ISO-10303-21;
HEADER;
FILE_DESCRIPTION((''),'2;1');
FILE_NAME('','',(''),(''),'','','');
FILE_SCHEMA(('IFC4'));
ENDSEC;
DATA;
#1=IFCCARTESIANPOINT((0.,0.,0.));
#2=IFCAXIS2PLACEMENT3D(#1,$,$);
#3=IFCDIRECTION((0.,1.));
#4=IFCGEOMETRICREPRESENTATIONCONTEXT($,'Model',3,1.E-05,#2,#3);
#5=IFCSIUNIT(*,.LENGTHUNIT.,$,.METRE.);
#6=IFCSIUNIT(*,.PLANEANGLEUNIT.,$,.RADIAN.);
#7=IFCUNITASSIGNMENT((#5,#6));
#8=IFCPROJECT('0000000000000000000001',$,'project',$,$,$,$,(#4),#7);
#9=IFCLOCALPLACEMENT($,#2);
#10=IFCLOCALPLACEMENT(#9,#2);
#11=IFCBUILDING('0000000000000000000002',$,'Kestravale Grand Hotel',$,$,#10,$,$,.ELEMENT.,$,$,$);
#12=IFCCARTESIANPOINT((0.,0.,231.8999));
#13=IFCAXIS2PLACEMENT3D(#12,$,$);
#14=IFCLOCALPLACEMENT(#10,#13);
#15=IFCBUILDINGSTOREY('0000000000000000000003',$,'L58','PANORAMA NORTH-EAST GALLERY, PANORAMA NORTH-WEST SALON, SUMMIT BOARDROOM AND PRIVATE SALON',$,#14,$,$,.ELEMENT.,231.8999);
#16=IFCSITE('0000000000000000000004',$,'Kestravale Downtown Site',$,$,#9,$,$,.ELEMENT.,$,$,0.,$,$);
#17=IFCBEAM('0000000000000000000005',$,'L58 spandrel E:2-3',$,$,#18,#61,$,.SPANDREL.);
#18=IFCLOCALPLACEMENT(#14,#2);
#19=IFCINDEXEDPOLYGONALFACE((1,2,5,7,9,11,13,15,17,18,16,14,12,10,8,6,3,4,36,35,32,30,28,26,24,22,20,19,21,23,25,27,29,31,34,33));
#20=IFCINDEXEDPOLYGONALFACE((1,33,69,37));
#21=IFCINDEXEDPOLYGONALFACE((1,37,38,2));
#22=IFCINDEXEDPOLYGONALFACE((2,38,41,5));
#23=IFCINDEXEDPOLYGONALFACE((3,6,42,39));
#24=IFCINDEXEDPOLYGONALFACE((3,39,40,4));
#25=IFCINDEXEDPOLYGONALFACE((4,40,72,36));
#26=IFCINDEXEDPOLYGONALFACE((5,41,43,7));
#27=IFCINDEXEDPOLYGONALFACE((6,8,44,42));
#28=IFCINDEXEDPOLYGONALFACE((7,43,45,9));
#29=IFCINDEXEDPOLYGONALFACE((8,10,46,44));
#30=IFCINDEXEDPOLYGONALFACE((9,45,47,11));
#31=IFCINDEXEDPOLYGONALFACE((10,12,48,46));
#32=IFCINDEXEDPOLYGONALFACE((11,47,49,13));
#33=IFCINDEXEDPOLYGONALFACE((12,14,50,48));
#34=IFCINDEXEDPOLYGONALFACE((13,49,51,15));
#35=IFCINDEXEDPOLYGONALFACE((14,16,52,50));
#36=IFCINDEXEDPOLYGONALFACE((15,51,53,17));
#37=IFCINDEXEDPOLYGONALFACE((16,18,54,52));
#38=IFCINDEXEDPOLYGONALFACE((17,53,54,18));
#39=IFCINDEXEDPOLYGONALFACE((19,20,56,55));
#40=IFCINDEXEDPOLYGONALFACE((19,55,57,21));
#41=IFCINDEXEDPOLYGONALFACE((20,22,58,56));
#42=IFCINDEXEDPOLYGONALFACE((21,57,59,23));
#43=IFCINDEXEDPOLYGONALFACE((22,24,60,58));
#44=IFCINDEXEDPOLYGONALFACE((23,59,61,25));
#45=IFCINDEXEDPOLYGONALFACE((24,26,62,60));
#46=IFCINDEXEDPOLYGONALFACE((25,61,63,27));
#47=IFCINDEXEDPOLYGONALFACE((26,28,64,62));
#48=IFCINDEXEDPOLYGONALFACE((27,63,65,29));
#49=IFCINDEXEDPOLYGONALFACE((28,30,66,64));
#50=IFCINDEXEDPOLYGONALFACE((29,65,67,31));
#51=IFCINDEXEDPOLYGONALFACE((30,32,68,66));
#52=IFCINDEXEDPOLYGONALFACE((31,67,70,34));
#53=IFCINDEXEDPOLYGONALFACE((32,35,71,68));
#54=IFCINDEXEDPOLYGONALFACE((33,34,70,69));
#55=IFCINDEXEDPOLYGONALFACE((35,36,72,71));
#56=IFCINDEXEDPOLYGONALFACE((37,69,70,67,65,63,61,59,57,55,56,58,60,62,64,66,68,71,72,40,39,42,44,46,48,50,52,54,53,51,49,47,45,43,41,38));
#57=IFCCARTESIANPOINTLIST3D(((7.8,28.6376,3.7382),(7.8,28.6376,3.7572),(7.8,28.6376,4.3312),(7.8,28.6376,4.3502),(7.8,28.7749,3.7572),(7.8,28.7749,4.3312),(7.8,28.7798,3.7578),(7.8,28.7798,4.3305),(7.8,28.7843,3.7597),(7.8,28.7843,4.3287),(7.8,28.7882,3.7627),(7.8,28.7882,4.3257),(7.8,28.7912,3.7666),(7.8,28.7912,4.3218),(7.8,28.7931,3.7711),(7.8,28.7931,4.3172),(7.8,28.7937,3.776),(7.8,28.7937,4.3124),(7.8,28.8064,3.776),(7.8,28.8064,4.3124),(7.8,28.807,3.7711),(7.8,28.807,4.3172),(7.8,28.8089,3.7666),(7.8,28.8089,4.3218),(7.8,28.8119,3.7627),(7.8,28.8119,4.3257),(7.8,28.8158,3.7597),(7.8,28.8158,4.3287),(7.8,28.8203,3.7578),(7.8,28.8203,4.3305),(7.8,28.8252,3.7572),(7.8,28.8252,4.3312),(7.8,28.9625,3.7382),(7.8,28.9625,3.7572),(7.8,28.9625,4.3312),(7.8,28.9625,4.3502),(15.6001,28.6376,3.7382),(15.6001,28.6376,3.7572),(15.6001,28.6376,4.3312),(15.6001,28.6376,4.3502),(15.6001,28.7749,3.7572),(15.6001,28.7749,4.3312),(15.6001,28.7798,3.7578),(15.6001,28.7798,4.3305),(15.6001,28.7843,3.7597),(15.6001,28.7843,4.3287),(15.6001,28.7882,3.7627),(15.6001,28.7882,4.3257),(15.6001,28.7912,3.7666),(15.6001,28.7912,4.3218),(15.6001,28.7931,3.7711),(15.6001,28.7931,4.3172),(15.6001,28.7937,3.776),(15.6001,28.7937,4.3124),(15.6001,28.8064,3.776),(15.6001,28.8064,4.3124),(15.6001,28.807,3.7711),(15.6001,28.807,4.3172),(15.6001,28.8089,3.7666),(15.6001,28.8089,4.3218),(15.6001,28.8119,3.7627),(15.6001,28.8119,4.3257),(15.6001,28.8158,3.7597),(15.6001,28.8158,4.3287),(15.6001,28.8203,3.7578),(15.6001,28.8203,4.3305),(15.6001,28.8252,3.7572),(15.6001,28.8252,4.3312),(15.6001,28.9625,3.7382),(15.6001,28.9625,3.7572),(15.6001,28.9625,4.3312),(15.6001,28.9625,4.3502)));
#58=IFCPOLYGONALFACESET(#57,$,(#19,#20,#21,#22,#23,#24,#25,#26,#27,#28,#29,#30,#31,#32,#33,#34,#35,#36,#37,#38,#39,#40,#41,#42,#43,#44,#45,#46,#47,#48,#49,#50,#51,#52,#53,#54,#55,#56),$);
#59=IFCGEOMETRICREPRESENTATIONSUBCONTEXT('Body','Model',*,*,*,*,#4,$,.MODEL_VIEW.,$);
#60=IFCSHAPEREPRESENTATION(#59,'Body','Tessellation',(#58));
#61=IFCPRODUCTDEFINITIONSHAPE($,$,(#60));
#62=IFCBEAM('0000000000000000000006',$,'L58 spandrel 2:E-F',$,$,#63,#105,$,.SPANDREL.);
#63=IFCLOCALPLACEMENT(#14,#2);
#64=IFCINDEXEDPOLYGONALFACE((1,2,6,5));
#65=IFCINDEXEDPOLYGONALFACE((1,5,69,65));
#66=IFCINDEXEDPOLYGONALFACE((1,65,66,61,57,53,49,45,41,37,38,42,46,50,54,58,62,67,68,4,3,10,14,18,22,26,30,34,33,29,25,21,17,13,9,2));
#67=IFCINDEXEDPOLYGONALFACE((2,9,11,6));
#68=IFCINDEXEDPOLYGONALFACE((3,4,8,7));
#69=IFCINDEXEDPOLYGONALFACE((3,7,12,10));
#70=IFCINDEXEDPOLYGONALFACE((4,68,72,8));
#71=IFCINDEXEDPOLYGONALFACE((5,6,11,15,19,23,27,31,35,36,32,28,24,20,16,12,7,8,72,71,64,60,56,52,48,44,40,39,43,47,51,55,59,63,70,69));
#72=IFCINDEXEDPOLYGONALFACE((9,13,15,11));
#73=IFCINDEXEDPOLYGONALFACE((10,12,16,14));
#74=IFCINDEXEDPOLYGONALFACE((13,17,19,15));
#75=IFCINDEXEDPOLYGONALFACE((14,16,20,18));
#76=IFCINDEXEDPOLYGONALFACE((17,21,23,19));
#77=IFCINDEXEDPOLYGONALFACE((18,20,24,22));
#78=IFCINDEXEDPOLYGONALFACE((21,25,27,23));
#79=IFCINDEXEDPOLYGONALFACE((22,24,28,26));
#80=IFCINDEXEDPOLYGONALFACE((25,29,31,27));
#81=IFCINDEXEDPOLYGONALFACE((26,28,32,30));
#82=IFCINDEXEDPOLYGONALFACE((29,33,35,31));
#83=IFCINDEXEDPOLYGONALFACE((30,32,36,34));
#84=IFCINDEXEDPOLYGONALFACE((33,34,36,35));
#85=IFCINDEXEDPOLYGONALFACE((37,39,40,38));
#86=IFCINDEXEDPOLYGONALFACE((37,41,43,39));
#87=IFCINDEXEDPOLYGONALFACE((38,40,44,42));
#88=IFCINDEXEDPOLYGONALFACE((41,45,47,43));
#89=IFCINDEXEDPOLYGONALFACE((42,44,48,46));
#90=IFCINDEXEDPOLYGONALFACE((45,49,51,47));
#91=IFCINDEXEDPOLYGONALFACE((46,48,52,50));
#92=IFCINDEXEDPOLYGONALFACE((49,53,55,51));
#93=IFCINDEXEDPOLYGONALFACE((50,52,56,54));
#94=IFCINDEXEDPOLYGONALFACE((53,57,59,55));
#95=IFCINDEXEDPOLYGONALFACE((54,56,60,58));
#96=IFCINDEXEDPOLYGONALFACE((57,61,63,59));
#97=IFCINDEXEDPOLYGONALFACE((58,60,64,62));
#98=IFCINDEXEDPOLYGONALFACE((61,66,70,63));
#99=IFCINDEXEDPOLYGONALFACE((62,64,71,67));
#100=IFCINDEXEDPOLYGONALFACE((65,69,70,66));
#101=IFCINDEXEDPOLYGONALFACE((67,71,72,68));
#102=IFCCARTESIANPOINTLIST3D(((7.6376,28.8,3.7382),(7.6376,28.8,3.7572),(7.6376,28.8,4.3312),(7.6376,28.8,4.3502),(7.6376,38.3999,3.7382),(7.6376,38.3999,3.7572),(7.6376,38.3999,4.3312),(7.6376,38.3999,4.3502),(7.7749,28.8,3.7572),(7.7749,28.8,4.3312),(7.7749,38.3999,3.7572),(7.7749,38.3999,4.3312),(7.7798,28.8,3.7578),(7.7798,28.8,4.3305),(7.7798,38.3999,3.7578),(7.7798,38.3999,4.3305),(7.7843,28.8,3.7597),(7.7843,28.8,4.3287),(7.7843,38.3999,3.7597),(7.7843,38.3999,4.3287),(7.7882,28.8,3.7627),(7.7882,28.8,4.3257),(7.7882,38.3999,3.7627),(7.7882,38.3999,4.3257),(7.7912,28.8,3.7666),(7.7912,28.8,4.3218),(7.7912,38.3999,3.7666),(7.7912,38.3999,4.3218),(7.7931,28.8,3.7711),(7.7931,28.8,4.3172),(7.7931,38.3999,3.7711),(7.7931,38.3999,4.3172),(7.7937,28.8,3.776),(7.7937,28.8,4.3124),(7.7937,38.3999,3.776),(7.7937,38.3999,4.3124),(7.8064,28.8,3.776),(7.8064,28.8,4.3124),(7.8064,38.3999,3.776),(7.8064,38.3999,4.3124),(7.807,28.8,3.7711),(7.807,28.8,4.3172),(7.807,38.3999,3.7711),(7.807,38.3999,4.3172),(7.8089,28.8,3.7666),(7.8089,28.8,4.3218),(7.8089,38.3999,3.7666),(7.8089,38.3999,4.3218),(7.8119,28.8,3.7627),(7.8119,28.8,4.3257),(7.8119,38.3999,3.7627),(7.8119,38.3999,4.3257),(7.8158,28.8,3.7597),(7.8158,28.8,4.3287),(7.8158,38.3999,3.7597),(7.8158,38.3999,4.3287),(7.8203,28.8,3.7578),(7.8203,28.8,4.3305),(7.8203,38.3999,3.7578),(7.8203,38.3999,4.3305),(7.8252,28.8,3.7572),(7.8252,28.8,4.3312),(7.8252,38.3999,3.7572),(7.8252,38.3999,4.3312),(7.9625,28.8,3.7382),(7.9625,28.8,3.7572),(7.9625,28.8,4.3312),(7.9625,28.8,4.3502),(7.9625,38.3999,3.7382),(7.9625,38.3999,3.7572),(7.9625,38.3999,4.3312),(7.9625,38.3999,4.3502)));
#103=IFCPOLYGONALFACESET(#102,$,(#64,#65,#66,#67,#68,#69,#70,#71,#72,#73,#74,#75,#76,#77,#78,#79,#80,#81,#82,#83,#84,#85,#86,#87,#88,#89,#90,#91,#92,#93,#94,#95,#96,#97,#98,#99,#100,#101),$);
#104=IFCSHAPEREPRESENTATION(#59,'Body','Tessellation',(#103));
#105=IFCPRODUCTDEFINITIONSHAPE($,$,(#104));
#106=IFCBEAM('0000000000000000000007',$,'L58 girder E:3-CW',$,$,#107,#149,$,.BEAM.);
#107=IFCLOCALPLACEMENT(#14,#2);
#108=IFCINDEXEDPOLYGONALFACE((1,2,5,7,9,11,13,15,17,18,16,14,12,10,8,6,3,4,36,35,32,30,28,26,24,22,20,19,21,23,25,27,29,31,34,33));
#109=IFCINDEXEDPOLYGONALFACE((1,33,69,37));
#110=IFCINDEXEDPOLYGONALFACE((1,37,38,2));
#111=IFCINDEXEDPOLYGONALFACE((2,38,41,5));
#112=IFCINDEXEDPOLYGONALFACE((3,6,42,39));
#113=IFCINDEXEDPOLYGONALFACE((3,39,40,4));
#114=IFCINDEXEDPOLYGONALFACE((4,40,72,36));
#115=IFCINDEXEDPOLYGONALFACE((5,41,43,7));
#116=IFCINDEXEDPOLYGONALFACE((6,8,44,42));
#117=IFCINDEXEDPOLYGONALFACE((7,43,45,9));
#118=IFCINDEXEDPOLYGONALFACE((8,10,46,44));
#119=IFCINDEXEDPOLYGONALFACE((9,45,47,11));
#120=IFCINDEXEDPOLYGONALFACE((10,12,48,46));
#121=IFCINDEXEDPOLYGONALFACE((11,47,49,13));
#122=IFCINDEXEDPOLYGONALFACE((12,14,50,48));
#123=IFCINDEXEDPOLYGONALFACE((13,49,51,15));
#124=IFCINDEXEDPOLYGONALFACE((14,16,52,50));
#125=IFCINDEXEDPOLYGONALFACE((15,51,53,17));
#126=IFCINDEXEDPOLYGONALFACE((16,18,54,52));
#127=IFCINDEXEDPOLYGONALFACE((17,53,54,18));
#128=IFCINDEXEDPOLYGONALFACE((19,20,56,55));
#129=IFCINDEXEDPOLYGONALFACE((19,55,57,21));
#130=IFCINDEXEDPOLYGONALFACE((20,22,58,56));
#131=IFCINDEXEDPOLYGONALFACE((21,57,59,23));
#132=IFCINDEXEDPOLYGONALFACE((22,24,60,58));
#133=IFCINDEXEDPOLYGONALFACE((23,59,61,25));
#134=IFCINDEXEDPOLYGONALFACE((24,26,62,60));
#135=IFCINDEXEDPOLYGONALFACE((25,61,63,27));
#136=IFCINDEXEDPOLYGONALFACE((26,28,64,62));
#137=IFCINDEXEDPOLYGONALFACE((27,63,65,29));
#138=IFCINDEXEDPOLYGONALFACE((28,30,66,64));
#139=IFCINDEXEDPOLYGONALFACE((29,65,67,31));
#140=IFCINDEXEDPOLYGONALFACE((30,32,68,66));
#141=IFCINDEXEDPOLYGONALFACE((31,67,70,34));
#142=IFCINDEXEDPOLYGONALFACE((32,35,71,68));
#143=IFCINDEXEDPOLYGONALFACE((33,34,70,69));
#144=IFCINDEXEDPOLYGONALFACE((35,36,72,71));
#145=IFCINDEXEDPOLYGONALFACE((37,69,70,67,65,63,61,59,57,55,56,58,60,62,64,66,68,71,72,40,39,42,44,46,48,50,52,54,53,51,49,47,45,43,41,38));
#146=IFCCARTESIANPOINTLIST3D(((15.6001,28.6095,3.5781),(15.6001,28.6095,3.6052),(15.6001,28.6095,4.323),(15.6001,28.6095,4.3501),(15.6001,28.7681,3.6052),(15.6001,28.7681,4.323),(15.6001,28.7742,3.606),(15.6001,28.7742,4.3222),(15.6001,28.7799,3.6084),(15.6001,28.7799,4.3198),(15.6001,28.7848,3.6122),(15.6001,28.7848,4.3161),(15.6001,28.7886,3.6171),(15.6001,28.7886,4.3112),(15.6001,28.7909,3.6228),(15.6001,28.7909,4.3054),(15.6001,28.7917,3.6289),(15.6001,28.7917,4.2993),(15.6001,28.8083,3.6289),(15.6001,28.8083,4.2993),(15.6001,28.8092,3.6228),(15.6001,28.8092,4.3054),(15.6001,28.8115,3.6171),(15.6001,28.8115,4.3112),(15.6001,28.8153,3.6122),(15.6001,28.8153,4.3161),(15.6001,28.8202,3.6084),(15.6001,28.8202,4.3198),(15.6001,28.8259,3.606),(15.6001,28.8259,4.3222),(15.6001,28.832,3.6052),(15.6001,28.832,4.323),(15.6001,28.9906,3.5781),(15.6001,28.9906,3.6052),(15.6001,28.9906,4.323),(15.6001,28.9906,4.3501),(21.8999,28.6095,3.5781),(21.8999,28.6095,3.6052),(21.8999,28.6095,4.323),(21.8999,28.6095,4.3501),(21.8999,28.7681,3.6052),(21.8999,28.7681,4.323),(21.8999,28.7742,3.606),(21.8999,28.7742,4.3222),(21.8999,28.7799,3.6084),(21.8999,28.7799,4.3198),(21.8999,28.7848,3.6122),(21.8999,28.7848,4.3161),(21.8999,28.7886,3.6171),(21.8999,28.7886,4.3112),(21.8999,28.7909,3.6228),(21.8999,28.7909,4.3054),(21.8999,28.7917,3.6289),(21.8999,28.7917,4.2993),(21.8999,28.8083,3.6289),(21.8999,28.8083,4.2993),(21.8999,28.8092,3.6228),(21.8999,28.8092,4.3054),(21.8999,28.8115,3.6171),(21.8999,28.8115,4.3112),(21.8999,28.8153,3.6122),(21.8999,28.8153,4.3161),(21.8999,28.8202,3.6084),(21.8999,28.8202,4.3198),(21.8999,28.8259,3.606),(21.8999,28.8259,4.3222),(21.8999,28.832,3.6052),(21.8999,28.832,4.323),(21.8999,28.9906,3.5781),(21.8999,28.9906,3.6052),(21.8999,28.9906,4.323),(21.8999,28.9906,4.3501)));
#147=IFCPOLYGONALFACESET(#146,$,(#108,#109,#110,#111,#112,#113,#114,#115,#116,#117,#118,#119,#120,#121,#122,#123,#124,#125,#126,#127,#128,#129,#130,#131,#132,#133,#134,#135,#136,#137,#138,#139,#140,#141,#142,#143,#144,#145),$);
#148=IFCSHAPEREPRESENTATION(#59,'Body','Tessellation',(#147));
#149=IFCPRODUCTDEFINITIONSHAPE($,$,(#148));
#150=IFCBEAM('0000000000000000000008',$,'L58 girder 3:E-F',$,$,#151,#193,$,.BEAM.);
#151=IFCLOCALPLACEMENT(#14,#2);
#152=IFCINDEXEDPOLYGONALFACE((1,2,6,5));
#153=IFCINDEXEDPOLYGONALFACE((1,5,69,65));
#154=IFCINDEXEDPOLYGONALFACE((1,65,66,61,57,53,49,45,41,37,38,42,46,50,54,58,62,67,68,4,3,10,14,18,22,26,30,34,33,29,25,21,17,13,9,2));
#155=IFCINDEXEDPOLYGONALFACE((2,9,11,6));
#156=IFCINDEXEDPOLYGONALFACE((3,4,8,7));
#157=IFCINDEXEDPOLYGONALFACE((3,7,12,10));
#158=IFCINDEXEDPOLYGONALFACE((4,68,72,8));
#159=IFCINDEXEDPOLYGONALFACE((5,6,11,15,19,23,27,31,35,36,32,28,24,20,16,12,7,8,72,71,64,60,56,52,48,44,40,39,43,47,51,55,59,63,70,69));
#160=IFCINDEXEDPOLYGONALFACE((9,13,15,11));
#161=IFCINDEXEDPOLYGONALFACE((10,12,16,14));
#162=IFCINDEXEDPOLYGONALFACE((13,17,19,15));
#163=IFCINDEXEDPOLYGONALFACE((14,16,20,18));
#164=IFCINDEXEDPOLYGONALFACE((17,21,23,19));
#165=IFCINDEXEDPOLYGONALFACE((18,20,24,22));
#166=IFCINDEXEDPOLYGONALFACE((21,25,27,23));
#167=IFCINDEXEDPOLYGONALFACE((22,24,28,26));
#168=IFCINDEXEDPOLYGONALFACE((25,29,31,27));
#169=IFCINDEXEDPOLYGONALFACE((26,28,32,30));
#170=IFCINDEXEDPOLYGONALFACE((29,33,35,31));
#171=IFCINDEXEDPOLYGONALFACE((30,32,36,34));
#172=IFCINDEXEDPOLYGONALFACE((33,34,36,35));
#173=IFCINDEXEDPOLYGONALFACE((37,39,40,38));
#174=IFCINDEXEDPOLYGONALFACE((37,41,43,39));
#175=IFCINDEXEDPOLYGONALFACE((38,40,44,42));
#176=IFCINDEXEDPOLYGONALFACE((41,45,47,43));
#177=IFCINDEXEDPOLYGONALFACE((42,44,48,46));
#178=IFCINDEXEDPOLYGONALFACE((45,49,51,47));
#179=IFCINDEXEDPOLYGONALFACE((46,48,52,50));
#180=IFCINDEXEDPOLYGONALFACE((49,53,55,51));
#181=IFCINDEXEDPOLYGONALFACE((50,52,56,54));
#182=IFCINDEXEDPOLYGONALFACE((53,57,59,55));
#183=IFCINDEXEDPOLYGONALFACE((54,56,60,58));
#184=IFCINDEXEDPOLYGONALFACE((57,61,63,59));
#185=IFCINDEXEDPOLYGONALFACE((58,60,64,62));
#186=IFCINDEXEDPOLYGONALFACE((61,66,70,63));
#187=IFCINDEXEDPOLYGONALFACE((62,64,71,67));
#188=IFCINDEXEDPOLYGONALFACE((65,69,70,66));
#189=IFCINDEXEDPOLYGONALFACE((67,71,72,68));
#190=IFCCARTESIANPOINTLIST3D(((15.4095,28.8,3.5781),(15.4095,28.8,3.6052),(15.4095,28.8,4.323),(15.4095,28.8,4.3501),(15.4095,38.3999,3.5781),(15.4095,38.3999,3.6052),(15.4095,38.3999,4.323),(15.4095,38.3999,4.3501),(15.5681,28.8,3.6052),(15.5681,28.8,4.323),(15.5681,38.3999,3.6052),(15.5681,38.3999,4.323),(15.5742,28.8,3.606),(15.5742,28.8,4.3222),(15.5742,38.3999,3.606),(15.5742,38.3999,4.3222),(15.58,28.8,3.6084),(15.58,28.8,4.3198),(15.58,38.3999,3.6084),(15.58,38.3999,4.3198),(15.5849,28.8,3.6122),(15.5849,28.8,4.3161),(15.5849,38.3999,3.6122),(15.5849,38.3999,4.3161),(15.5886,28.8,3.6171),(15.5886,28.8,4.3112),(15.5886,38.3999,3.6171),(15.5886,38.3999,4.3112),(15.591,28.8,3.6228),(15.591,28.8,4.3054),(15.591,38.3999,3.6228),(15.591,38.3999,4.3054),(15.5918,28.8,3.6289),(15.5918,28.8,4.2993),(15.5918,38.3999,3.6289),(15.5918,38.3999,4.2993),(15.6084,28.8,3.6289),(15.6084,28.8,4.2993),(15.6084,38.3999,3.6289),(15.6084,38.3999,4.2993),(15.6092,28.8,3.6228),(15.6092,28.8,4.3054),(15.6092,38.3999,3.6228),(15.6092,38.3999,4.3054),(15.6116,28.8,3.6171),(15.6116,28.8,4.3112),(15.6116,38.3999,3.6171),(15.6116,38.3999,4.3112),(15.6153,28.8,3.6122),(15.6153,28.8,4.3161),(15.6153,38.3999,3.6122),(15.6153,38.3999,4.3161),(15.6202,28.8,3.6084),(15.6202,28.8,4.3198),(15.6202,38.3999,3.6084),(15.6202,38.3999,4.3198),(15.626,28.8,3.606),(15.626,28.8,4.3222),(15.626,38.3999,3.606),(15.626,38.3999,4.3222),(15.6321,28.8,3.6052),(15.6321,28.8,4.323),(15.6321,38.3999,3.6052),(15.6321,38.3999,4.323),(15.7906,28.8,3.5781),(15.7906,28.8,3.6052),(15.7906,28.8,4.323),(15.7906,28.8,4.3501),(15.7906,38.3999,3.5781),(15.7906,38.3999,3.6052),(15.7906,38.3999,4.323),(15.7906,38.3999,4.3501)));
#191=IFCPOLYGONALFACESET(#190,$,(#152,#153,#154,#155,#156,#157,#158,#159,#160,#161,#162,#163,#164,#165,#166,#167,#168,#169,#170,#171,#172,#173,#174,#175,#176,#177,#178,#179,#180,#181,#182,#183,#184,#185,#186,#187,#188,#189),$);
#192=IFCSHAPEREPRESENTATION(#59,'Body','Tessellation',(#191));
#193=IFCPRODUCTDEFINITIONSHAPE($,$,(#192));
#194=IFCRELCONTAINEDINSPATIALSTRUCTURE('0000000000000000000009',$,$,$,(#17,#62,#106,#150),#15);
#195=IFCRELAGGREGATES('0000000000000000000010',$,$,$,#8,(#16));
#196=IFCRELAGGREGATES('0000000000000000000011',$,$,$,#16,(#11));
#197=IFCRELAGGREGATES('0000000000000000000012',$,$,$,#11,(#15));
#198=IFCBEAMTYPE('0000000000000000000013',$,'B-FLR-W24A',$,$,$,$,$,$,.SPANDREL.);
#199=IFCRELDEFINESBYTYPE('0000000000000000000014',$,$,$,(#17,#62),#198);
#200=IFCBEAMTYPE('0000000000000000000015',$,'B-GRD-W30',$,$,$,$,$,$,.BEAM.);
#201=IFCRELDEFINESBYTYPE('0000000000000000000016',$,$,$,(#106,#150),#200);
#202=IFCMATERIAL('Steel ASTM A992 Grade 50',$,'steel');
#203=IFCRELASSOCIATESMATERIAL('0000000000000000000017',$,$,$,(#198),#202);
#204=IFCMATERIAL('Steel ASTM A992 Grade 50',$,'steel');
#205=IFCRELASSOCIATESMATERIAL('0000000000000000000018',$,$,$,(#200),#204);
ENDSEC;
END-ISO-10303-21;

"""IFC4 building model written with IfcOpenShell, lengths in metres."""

from ifc_helpers import new_model, si_unit, direction, frame, origin, origin_2d, place, context, subcontext, project, spatial, i_section, extrude, material, material_profile, profile_set, type_object, element, save


model = new_model("IFC4")

# Units and contexts
model_context = context("Model", 3, precision=1e-05, world=origin(), true_north=direction((0.0, 1.0)))
body_context = subcontext(model_context, "Body", "Model", "MODEL_VIEW")
ifc_project = project(units=[si_unit("LENGTHUNIT", "METRE"), si_unit("PLANEANGLEUNIT", "RADIAN")], contexts=[model_context])

# Site, building, storey
site_placement = place(None, origin())
site = spatial("IfcSite", under=ifc_project, at=site_placement, Name="Kestravale Downtown Site", CompositionType="ELEMENT", RefElevation=0.0)
building_placement = place(site_placement, origin())
building = spatial("IfcBuilding", under=site, at=building_placement, Name="Kestravale Grand Hotel", CompositionType="ELEMENT")
storey_placement = place(building_placement, frame((0.0, 0.0, 231.8999)))
storey = spatial("IfcBuildingStorey", under=building, at=storey_placement, Name="L58", Description="PANORAMA NORTH-EAST GALLERY, PANORAMA NORTH-WEST SALON, SUMMIT BOARDROOM AND PRIVATE SALON", CompositionType="ELEMENT", Elevation=231.8999)

# Beams
ifc_material_1 = material(Name="Steel ASTM A992 Grade 50", Category="steel")
ifc_material_profile_1 = material_profile(ifc_material_1, i_section(OverallWidth=0.325, OverallDepth=0.6121, WebThickness=0.0127, FlangeThickness=0.019, FilletRadius=0.0188, at=origin_2d()))
ifc_profile_set_1 = profile_set([ifc_material_profile_1], Name="Steel ASTM A992 Grade 50")
beam_type_1 = type_object("IfcBeamType", Name="B-FLR-W24A", PredefinedType="SPANDREL", material=ifc_profile_set_1)
beam_1_placement = place(storey_placement, frame((7.8, 28.8, 4.0442), z_axis=(1.0, 0.0, 0.0), x_axis=(0.0, 1.0, 0.0)))
element("IfcBeam", 1, at=beam_1_placement, inside=storey, type_object=beam_type_1, Name="L58 spandrel E:2-3", PredefinedType="SPANDREL", context=body_context, shape_type="SweptSolid", body=[
    extrude(i_section(OverallWidth=0.325, OverallDepth=0.6121, WebThickness=0.0127, FlangeThickness=0.019, FilletRadius=0.0188, at=origin_2d()), origin(), (0.0, 0.0, 1.0), 7.8),
])
beam_2_placement = place(storey_placement, frame((7.8, 28.8, 4.0442), z_axis=(0.0, 1.0, 0.0), x_axis=(-1.0, 0.0, 0.0)))
element("IfcBeam", 2, at=beam_2_placement, inside=storey, type_object=beam_type_1, Name="L58 spandrel 2:E-F", PredefinedType="SPANDREL", context=body_context, shape_type="SweptSolid", body=[
    extrude(i_section(OverallWidth=0.325, OverallDepth=0.6121, WebThickness=0.0127, FlangeThickness=0.019, FilletRadius=0.0188, at=origin_2d()), origin(), (0.0, 0.0, 1.0), 9.5999),
])
ifc_material_2 = material(Name="Steel ASTM A992 Grade 50", Category="steel")
ifc_material_profile_2 = material_profile(ifc_material_2, i_section(OverallWidth=0.3811, OverallDepth=0.772, WebThickness=0.0166, FlangeThickness=0.0271, FilletRadius=0.0237, at=origin_2d()))
ifc_profile_set_2 = profile_set([ifc_material_profile_2], Name="Steel ASTM A992 Grade 50")
beam_type_2 = type_object("IfcBeamType", Name="B-GRD-W30", PredefinedType="BEAM", material=ifc_profile_set_2)
beam_3_placement = place(storey_placement, frame((15.6001, 28.8, 3.9641), z_axis=(1.0, 0.0, 0.0), x_axis=(0.0, 1.0, 0.0)))
element("IfcBeam", 3, at=beam_3_placement, inside=storey, type_object=beam_type_2, Name="L58 girder E:3-CW", PredefinedType="BEAM", context=body_context, shape_type="SweptSolid", body=[
    extrude(i_section(OverallWidth=0.3811, OverallDepth=0.772, WebThickness=0.0166, FlangeThickness=0.0271, FilletRadius=0.0237, at=origin_2d()), origin(), (0.0, 0.0, 1.0), 6.2998),
])
beam_4_placement = place(storey_placement, frame((15.6001, 28.8, 3.9641), z_axis=(0.0, 1.0, 0.0), x_axis=(-1.0, 0.0, 0.0)))
element("IfcBeam", 4, at=beam_4_placement, inside=storey, type_object=beam_type_2, Name="L58 girder 3:E-F", PredefinedType="BEAM", context=body_context, shape_type="SweptSolid", body=[
    extrude(i_section(OverallWidth=0.3811, OverallDepth=0.772, WebThickness=0.0166, FlangeThickness=0.0271, FilletRadius=0.0237, at=origin_2d()), origin(), (0.0, 0.0, 1.0), 9.5999),
])

save(model, "model.ifc")
